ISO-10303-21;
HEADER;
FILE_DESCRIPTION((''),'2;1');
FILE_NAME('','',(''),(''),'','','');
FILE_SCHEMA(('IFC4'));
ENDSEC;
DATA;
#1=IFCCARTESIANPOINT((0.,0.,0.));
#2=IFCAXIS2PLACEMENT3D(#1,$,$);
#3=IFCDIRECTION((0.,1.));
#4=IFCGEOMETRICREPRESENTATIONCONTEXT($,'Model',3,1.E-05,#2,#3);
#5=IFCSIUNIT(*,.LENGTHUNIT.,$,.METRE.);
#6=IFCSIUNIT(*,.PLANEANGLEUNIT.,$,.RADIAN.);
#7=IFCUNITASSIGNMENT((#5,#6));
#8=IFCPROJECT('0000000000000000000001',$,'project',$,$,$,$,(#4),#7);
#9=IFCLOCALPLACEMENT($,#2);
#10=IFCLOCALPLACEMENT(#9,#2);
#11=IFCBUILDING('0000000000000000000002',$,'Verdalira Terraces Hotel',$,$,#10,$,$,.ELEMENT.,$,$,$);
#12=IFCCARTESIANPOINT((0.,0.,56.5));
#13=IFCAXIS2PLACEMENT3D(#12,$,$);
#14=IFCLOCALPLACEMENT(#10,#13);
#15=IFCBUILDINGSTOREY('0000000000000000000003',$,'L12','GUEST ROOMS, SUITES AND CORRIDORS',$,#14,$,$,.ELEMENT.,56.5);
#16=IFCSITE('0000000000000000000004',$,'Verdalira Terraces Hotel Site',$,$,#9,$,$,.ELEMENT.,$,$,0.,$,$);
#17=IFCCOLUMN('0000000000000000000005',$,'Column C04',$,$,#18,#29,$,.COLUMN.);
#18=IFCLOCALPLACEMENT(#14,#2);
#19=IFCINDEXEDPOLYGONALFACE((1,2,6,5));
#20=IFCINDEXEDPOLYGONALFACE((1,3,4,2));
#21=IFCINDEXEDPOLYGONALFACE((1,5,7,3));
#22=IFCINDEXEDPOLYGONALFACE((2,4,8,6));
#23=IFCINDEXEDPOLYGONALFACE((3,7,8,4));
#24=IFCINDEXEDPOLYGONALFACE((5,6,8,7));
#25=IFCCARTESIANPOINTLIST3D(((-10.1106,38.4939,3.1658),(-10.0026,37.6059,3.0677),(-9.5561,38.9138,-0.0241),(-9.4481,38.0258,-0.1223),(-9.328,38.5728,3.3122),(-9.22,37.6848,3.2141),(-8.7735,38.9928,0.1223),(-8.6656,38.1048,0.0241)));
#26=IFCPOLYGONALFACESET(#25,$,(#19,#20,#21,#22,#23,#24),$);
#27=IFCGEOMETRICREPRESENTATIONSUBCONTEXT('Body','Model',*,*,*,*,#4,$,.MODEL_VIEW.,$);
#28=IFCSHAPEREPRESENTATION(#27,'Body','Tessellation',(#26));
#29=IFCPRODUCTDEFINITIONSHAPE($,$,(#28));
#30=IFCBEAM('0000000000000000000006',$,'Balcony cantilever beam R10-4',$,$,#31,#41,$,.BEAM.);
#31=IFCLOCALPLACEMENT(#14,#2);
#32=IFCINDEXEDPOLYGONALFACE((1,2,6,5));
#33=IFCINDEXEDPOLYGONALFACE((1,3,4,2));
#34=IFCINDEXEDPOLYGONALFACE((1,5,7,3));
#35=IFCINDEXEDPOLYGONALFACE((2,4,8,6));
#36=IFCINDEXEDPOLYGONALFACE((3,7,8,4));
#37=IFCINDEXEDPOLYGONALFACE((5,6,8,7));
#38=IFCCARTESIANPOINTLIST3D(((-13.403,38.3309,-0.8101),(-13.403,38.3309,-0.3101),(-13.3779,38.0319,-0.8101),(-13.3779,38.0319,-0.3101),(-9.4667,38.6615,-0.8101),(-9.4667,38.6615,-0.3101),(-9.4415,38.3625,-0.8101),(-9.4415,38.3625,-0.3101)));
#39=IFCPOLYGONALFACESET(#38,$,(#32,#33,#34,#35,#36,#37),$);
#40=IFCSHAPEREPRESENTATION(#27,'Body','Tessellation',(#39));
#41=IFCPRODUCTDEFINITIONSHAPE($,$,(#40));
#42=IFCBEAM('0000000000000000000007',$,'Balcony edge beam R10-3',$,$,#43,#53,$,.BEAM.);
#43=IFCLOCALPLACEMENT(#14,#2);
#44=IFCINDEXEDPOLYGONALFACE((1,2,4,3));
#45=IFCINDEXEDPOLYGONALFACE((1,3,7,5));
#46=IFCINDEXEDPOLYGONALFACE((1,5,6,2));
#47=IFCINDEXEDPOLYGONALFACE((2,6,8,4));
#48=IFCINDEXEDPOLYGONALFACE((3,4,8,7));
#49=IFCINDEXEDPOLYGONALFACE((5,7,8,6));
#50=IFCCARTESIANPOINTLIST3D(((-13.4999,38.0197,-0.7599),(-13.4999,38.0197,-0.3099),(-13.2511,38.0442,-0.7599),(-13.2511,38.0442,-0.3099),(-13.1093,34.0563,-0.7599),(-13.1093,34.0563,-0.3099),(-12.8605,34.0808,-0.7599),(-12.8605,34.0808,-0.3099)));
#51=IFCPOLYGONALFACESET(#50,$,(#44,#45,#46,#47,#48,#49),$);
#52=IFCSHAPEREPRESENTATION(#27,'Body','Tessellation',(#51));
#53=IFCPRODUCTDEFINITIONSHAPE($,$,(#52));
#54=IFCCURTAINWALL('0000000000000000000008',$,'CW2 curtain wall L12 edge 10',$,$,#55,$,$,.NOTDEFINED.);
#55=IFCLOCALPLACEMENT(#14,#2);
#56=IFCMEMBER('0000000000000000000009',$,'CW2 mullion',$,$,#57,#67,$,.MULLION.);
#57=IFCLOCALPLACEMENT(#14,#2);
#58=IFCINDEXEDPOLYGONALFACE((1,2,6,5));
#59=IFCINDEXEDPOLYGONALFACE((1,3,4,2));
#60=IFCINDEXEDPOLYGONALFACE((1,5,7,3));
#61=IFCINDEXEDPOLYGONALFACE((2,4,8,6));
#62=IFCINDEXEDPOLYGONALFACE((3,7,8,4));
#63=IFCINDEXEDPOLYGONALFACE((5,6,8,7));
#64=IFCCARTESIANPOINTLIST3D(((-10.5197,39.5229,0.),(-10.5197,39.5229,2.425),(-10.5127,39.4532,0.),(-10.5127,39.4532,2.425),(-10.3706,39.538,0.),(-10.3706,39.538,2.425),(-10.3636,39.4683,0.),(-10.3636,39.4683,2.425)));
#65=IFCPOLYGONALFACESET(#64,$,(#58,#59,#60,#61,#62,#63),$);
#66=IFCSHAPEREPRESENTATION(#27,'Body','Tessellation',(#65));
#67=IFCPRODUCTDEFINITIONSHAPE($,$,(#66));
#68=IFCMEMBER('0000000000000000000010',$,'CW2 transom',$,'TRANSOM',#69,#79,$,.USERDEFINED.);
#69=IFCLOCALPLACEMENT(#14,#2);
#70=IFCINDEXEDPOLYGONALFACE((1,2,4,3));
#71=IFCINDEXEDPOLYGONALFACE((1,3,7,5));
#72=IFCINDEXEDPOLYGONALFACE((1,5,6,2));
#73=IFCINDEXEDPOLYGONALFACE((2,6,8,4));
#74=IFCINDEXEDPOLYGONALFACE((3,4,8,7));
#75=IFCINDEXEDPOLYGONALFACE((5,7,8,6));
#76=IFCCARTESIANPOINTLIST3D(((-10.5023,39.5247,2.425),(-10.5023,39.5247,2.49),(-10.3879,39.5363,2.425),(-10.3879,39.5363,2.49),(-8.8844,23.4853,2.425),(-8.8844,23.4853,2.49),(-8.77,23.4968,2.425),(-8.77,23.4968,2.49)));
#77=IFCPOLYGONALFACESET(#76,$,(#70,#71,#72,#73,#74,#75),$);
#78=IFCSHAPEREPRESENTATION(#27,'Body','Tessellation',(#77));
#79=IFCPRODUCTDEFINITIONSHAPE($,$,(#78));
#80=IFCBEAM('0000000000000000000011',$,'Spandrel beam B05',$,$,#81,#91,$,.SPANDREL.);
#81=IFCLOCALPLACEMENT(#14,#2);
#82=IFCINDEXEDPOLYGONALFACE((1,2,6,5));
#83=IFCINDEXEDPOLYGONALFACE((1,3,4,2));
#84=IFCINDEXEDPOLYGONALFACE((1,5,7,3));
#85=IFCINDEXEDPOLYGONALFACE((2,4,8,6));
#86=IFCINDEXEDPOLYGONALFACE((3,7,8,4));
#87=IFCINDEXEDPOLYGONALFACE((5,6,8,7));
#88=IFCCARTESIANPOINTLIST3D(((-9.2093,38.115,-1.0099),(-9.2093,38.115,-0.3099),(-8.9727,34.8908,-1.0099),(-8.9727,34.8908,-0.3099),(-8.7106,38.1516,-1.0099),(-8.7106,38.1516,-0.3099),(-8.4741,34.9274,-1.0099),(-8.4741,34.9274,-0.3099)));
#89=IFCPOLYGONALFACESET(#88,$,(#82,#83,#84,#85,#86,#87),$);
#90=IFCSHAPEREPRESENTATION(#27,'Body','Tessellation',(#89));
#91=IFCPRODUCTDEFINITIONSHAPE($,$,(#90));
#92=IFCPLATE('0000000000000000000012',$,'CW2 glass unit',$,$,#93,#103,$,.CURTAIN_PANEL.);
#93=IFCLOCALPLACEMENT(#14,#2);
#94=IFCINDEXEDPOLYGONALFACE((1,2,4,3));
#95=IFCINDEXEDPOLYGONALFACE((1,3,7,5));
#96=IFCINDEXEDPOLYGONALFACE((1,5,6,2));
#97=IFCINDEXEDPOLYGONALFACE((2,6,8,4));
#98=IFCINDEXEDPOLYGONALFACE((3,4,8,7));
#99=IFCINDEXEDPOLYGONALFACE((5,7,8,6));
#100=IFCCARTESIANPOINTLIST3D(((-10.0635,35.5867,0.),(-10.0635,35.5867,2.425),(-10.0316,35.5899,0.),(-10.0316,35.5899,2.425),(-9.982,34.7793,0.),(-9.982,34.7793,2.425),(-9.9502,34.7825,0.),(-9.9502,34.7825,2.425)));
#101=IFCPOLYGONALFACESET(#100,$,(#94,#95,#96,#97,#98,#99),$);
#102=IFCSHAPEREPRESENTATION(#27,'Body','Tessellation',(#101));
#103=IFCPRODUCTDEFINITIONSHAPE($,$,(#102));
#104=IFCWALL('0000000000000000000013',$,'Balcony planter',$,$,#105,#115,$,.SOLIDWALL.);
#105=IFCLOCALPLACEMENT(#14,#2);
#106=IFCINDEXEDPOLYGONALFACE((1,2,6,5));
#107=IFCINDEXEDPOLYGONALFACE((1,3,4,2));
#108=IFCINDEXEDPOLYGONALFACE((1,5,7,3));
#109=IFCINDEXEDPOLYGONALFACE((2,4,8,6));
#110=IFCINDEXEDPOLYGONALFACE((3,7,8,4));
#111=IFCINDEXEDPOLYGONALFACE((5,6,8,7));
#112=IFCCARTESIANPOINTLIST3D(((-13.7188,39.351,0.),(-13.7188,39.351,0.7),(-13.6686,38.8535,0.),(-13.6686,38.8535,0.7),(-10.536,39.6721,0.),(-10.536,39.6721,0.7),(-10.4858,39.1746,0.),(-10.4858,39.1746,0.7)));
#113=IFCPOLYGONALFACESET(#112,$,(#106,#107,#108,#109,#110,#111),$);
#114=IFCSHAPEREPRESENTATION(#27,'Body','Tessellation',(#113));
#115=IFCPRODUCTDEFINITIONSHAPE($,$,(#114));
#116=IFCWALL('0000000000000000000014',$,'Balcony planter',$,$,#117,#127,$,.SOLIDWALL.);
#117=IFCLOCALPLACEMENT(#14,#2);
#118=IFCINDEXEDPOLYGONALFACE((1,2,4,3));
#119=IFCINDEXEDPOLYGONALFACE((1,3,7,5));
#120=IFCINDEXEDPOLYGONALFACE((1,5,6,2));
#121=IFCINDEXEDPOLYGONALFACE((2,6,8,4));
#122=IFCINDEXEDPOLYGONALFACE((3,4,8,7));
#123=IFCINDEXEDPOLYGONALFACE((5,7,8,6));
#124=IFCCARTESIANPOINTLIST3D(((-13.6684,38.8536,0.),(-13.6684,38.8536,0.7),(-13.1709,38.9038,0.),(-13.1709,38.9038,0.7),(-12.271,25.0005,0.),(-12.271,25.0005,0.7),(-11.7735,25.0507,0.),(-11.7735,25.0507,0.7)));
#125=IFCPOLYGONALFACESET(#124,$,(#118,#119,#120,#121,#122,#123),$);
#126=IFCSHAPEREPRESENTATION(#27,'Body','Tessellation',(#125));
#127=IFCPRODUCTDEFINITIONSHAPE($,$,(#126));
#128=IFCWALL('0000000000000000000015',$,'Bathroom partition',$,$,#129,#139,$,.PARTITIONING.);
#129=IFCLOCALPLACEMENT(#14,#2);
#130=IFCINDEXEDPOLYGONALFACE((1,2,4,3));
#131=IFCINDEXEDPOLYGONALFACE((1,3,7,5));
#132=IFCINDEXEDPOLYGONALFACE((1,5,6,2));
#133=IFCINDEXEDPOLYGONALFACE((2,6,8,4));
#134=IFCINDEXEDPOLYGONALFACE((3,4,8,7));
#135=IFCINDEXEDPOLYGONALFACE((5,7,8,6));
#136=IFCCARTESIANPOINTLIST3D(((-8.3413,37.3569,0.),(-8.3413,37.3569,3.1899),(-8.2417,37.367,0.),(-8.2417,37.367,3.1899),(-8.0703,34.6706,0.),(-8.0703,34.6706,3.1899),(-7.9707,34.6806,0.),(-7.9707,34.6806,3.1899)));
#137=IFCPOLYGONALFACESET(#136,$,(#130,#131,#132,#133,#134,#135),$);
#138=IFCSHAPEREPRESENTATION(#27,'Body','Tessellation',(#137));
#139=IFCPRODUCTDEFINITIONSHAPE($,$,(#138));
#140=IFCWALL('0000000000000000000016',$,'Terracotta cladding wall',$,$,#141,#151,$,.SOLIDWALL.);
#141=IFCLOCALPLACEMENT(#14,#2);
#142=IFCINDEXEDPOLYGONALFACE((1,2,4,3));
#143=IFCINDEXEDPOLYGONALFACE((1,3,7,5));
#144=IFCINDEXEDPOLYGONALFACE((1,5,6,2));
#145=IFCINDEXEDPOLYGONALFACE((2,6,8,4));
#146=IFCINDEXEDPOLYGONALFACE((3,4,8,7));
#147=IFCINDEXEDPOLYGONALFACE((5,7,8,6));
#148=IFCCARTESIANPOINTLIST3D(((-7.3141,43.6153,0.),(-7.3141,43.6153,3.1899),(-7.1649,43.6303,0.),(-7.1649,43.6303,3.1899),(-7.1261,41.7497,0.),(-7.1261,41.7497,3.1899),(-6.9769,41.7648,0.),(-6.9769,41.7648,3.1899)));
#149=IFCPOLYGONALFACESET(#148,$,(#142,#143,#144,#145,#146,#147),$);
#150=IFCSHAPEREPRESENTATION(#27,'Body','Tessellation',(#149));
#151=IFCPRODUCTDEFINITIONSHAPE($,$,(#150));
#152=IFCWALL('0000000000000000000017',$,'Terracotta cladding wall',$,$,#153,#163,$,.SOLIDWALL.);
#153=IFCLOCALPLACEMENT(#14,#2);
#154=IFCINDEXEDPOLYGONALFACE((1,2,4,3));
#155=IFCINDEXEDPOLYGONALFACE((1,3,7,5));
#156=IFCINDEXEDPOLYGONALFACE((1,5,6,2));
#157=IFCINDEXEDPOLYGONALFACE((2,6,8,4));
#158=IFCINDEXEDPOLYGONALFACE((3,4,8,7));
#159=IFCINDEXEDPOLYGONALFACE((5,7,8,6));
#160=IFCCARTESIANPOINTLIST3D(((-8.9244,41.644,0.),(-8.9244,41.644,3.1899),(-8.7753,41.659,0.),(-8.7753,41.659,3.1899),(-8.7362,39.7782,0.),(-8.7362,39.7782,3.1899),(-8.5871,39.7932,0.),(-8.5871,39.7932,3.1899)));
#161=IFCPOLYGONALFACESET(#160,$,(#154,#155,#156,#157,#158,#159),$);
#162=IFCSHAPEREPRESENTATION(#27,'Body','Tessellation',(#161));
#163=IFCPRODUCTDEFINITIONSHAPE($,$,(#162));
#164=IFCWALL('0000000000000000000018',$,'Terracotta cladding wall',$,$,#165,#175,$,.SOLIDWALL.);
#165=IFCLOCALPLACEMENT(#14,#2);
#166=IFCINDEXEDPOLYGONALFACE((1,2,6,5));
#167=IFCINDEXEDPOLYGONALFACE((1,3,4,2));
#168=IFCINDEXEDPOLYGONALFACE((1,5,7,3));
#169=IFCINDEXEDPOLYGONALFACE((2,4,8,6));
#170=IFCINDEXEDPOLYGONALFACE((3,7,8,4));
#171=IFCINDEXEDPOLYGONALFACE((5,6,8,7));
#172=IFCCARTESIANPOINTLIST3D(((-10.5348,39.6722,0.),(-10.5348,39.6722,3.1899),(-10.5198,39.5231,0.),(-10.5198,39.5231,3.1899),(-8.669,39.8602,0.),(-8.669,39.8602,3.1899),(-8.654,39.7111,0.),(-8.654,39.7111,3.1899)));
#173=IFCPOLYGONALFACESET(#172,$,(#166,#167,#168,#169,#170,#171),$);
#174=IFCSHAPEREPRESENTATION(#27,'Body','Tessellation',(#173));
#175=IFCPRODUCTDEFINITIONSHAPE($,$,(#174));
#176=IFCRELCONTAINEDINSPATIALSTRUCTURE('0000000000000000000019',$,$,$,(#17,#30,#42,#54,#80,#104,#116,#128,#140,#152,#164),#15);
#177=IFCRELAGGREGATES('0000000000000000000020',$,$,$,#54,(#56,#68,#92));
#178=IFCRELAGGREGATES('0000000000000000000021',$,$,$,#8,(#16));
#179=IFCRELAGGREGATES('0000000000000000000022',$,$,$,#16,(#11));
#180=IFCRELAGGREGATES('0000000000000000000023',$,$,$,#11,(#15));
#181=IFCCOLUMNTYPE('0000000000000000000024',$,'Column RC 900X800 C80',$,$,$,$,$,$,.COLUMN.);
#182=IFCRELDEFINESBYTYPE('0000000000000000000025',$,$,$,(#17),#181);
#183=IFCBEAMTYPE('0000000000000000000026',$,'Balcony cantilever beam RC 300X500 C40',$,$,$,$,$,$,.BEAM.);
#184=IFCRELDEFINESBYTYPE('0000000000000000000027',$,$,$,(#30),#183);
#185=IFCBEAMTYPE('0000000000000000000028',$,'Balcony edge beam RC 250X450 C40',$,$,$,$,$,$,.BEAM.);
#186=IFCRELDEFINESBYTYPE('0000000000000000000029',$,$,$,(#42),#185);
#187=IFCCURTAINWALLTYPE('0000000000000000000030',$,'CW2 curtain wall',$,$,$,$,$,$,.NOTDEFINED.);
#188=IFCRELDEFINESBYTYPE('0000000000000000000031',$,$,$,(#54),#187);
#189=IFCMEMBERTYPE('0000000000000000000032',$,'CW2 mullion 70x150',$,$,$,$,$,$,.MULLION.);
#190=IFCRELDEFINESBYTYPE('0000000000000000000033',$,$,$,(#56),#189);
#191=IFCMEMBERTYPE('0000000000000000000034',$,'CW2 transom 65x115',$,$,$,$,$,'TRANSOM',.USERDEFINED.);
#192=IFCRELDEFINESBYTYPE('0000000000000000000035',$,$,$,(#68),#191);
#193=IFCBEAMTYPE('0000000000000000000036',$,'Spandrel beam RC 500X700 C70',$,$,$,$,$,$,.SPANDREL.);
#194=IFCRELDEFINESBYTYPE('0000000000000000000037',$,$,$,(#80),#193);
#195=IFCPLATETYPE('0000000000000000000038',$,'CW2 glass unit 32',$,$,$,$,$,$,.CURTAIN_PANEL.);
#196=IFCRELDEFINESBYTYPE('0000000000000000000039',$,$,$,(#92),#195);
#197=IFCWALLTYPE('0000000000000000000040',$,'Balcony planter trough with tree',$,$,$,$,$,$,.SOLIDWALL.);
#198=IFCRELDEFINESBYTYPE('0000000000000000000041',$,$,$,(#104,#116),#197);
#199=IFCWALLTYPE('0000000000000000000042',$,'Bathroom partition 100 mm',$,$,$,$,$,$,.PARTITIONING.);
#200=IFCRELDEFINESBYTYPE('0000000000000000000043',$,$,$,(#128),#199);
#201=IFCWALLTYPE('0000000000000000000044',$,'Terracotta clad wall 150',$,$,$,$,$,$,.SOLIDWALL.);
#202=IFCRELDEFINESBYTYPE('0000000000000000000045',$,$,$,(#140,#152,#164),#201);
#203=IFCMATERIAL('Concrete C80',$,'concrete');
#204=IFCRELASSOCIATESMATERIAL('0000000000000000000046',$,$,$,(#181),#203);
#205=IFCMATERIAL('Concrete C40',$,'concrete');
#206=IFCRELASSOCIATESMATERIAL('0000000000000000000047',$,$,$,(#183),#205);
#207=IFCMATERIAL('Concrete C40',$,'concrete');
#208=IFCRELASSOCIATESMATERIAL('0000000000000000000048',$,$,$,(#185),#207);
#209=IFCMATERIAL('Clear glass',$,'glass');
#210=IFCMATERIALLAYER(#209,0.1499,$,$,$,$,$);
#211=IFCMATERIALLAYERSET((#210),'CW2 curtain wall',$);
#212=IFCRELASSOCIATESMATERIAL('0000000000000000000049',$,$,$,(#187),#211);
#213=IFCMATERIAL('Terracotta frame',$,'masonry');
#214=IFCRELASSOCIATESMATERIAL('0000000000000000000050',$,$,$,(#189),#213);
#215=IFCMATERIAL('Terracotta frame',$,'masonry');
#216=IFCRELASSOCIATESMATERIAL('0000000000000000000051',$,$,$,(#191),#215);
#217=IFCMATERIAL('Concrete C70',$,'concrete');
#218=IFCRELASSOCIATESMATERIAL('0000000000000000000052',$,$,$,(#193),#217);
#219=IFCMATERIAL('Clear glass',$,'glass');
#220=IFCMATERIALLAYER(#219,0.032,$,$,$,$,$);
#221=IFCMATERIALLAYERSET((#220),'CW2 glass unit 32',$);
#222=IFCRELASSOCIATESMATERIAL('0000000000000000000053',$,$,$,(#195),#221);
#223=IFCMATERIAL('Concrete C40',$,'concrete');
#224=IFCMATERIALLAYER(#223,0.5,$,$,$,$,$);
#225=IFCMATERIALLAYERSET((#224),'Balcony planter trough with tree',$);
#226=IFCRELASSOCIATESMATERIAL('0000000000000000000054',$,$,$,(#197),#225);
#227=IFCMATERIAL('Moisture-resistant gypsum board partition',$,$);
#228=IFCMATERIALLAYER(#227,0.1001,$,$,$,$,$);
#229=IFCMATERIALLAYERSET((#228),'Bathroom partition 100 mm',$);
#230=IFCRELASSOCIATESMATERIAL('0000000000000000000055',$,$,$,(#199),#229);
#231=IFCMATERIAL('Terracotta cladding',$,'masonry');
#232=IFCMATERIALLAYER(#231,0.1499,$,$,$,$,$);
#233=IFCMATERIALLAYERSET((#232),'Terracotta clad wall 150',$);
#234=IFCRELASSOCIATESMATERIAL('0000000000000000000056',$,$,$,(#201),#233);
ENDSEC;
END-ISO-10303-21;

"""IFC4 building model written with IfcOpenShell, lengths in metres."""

from ifc_helpers import new_model, si_unit, direction, frame, frame_2d, origin, origin_2d, place, context, subcontext, project, spatial, rectangle, extrude, material, layer, layer_set, material_profile, profile_set, type_object, element, aggregate, save


model = new_model("IFC4")

# Units and contexts
model_context = context("Model", 3, precision=1e-05, world=origin(), true_north=direction((0.0, 1.0)))
body_context = subcontext(model_context, "Body", "Model", "MODEL_VIEW")
ifc_project = project(units=[si_unit("LENGTHUNIT", "METRE"), si_unit("PLANEANGLEUNIT", "RADIAN")], contexts=[model_context])

# Site, building, storey
site_placement = place(None, origin())
site = spatial("IfcSite", under=ifc_project, at=site_placement, Name="Verdalira Terraces Hotel Site", CompositionType="ELEMENT", RefElevation=0.0)
building_placement = place(site_placement, origin())
building = spatial("IfcBuilding", under=site, at=building_placement, Name="Verdalira Terraces Hotel", CompositionType="ELEMENT")
storey_placement = place(building_placement, frame((0.0, 0.0, 56.5)))
storey = spatial("IfcBuildingStorey", under=building, at=storey_placement, Name="L12", Description="GUEST ROOMS, SUITES AND CORRIDORS", CompositionType="ELEMENT", Elevation=56.5)

# Column
ifc_material_1 = material(Name="Concrete C80", Category="concrete")
ifc_material_profile_1 = material_profile(ifc_material_1, rectangle(XDim=0.8999, YDim=0.8, at=origin_2d()), Name="RC 900X800")
ifc_profile_set_1 = profile_set([ifc_material_profile_1], Name="Concrete C80")
column_type = type_object("IfcColumnType", Name="Column RC 900X800 C80", PredefinedType="COLUMN", material=ifc_profile_set_1)
column_placement = place(storey_placement, frame((-9.1108, 38.5093, 0.0), z_axis=(-0.16982, -0.128618, 0.977046), x_axis=(0.119987, -0.986769, -0.109043)))
element("IfcColumn", 1, at=column_placement, inside=storey, type_object=column_type, Name="Column C04", PredefinedType="COLUMN", context=body_context, shape_type="SweptSolid", body=[
    extrude(rectangle(XDim=0.8999, YDim=0.8, at=origin_2d()), origin(), (0.0, 0.0, 1.0), 3.2649),
])

# Beams
ifc_material_2 = material(Name="Concrete C40", Category="concrete")
ifc_material_profile_2 = material_profile(ifc_material_2, rectangle(XDim=0.3, YDim=0.5, at=origin_2d()), Name="RC 300X500")
ifc_profile_set_2 = profile_set([ifc_material_profile_2], Name="Concrete C40")
beam_type_1 = type_object("IfcBeamType", Name="Balcony cantilever beam RC 300X500 C40", PredefinedType="BEAM", material=ifc_profile_set_2)
beam_1_placement = place(storey_placement, frame((-9.4541, 38.512, -0.5601), z_axis=(-0.996492, -0.083685, 0.0), x_axis=(0.083685, -0.996492, 0.0)))
element("IfcBeam", 2, at=beam_1_placement, inside=storey, type_object=beam_type_1, Name="Balcony cantilever beam R10-4", PredefinedType="BEAM", context=body_context, shape_type="SweptSolid", body=[
    extrude(rectangle(XDim=0.3, YDim=0.5, at=origin_2d()), origin(), (0.0, 0.0, 1.0), 3.9502),
])
ifc_material_3 = material(Name="Concrete C40", Category="concrete")
ifc_material_profile_3 = material_profile(ifc_material_3, rectangle(XDim=0.25, YDim=0.45, at=origin_2d()), Name="RC 250X450")
ifc_profile_set_3 = profile_set([ifc_material_profile_3], Name="Concrete C40")
beam_type_2 = type_object("IfcBeamType", Name="Balcony edge beam RC 250X450 C40", PredefinedType="BEAM", material=ifc_profile_set_3)
beam_2_placement = place(storey_placement, frame((-13.3755, 38.032, -0.5349), z_axis=(0.098083, -0.995178, 0.0), x_axis=(0.995178, 0.098083, 0.0)))
element("IfcBeam", 3, at=beam_2_placement, inside=storey, type_object=beam_type_2, Name="Balcony edge beam R10-3", PredefinedType="BEAM", context=body_context, shape_type="SweptSolid", body=[
    extrude(rectangle(XDim=0.25, YDim=0.45, at=origin_2d()), origin(), (0.0, 0.0, 1.0), 3.9827),
])

# Curtain wall, members
ifc_material_4 = material(Name="Clear glass", Category="glass")
ifc_layer_1 = layer(ifc_material_4, 0.1499)
ifc_layer_set_1 = layer_set([ifc_layer_1], Name="CW2 curtain wall")
curtain_wall_type = type_object("IfcCurtainWallType", Name="CW2 curtain wall", PredefinedType="NOTDEFINED", material=ifc_layer_set_1)
curtain_wall_placement = place(storey_placement, origin())
curtain_wall = element("IfcCurtainWall", 4, at=curtain_wall_placement, inside=storey, type_object=curtain_wall_type, Name="CW2 curtain wall L12 edge 10", PredefinedType="NOTDEFINED")
ifc_material_5 = material(Name="Terracotta frame", Category="masonry")
ifc_material_profile_4 = material_profile(ifc_material_5, rectangle(XDim=0.0701, YDim=0.1499, at=origin_2d()), Name="MU 70x150")
ifc_profile_set_4 = profile_set([ifc_material_profile_4], Name="Terracotta frame")
member_type_1 = type_object("IfcMemberType", Name="CW2 mullion 70x150", PredefinedType="MULLION", material=ifc_profile_set_4)
member_1_placement = place(storey_placement, frame((-10.4416, 39.4956, 0.0), z_axis=(0.0, 0.0, 1.0), x_axis=(0.100362, -0.994951, 0.0)))
member_1 = element("IfcMember", 5, at=member_1_placement, type_object=member_type_1, Name="CW2 mullion", PredefinedType="MULLION", context=body_context, shape_type="SweptSolid", body=[
    extrude(rectangle(XDim=0.0701, YDim=0.1499, at=origin_2d()), origin(), (0.0, 0.0, 1.0), 2.425),
])
ifc_material_6 = material(Name="Terracotta frame", Category="masonry")
ifc_material_profile_5 = material_profile(ifc_material_6, rectangle(XDim=0.115, YDim=0.0649, at=origin_2d()), Name="TR 65x115")
ifc_profile_set_5 = profile_set([ifc_material_profile_5], Name="Terracotta frame")
member_type_2 = type_object("IfcMemberType", Name="CW2 transom 65x115", ElementType="TRANSOM", PredefinedType="USERDEFINED", material=ifc_profile_set_5)
member_2_placement = place(storey_placement, frame((-10.4451, 39.5305, 2.4575), z_axis=(0.100361, -0.994951, 0.0), x_axis=(0.994951, 0.100361, 0.0)))
member_2 = element("IfcMember", 6, at=member_2_placement, type_object=member_type_2, Name="CW2 transom", ObjectType="TRANSOM", PredefinedType="USERDEFINED", context=body_context, shape_type="SweptSolid", body=[
    extrude(rectangle(XDim=0.115, YDim=0.0649, at=origin_2d()), origin(), (0.0, 0.0, 1.0), 16.1209),
])

# Beam
ifc_material_7 = material(Name="Concrete C70", Category="concrete")
ifc_material_profile_6 = material_profile(ifc_material_7, rectangle(XDim=0.5, YDim=0.7, at=origin_2d()), Name="RC 500X700")
ifc_profile_set_6 = profile_set([ifc_material_profile_6], Name="Concrete C70")
beam_type_3 = type_object("IfcBeamType", Name="Spandrel beam RC 500X700 C70", PredefinedType="SPANDREL", material=ifc_profile_set_6)
beam_3_placement = place(storey_placement, frame((-8.96, 38.1333, -0.6599), z_axis=(0.073179, -0.997319, 0.0), x_axis=(0.997319, 0.073179, 0.0)))
element("IfcBeam", 7, at=beam_3_placement, inside=storey, type_object=beam_type_3, Name="Spandrel beam B05", PredefinedType="SPANDREL", context=body_context, shape_type="SweptSolid", body=[
    extrude(rectangle(XDim=0.5, YDim=0.7, at=origin_2d()), origin(), (0.0, 0.0, 1.0), 3.2329),
])

# Plate
ifc_material_8 = material(Name="Clear glass", Category="glass")
ifc_layer_2 = layer(ifc_material_8, 0.032)
ifc_layer_set_2 = layer_set([ifc_layer_2], Name="CW2 glass unit 32")
plate_type = type_object("IfcPlateType", Name="CW2 glass unit 32", PredefinedType="CURTAIN_PANEL", material=ifc_layer_set_2)
plate_placement = place(storey_placement, frame((-10.0068, 35.1846, 0.0), z_axis=(0.0, 0.0, 1.0), x_axis=(0.100362, -0.994951, 0.0)))
plate = element("IfcPlate", 8, at=plate_placement, type_object=plate_type, Name="CW2 glass unit", PredefinedType="CURTAIN_PANEL", context=body_context, shape_type="SweptSolid", body=[
    extrude(rectangle(XDim=0.8115, YDim=0.032, at=origin_2d()), origin(), (0.0, 0.0, 1.0), 2.425),
])
aggregate(curtain_wall, [member_1, member_2, plate])

# Walls
ifc_material_9 = material(Name="Concrete C40", Category="concrete")
ifc_layer_3 = layer(ifc_material_9, 0.5)
ifc_layer_set_3 = layer_set([ifc_layer_3], Name="Balcony planter trough with tree")
wall_type_1 = type_object("IfcWallType", Name="Balcony planter trough with tree", PredefinedType="SOLIDWALL", material=ifc_layer_set_3)
wall_1_placement = place(storey_placement, frame((-10.5107, 39.4233, 0.0), z_axis=(0.0, 0.0, 1.0), x_axis=(-0.994951, -0.100358, 0.0)))
element("IfcWall", 9, at=wall_1_placement, inside=storey, type_object=wall_type_1, Name="Balcony planter", PredefinedType="SOLIDWALL", context=body_context, shape_type="SweptSolid", body=[
    extrude(rectangle(XDim=3.199, YDim=0.5, at=frame_2d((1.5996, 0.0))), origin(), (0.0, 0.0, 1.0), 0.7),
])
wall_2_placement = place(storey_placement, frame((-13.4197, 38.8787, 0.0), z_axis=(0.0, 0.0, 1.0), x_axis=(0.100368, -0.99495, 0.0)))
element("IfcWall", 10, at=wall_2_placement, inside=storey, type_object=wall_type_1, Name="Balcony planter", PredefinedType="SOLIDWALL", context=body_context, shape_type="SweptSolid", body=[
    extrude(rectangle(XDim=13.9233, YDim=0.5, at=frame_2d((6.9617, 0.0))), origin(), (0.0, 0.0, 1.0), 0.7),
])
ifc_material_10 = material(Name="Moisture-resistant gypsum board partition")
ifc_layer_4 = layer(ifc_material_10, 0.1001)
ifc_layer_set_4 = layer_set([ifc_layer_4], Name="Bathroom partition 100 mm")
wall_type_2 = type_object("IfcWallType", Name="Bathroom partition 100 mm", PredefinedType="PARTITIONING", material=ifc_layer_set_4)
wall_3_placement = place(storey_placement, frame((-8.2915, 37.3621, 0.0), z_axis=(0.0, 0.0, 1.0), x_axis=(0.100372, -0.99495, 0.0)))
element("IfcWall", 11, at=wall_3_placement, inside=storey, type_object=wall_type_2, Name="Bathroom partition", PredefinedType="PARTITIONING", context=body_context, shape_type="SweptSolid", body=[
    extrude(rectangle(XDim=2.7, YDim=0.1001, at=frame_2d((1.3501, 0.0))), origin(), (0.0, 0.0, 1.0), 3.1899),
])
ifc_material_11 = material(Name="Terracotta cladding", Category="masonry")
ifc_layer_5 = layer(ifc_material_11, 0.1499)
ifc_layer_set_5 = layer_set([ifc_layer_5], Name="Terracotta clad wall 150")
wall_type_3 = type_object("IfcWallType", Name="Terracotta clad wall 150", PredefinedType="SOLIDWALL", material=ifc_layer_set_5)
wall_4_placement = place(storey_placement, frame((-7.2395, 43.6228, 0.0), z_axis=(0.0, 0.0, 1.0), x_axis=(0.100264, -0.994961, 0.0)))
element("IfcWall", 12, at=wall_4_placement, inside=storey, type_object=wall_type_3, Name="Terracotta cladding wall", PredefinedType="SOLIDWALL", context=body_context, shape_type="SweptSolid", body=[
    extrude(rectangle(XDim=1.875, YDim=0.1499, at=frame_2d((0.9375, 0.0))), origin(), (0.0, 0.0, 1.0), 3.1899),
])
for number, where, z_axis, x_axis, name in (
    (13, (-8.8499, 41.6514, 0.0), (0.0, 0.0, 1.0), (0.10038, -0.994949, 0.0), "Terracotta cladding wall"),
    (14, (-8.6616, 39.7856, 0.0), (0.0, 0.0, 1.0), (-0.994962, -0.100251, 0.0), "Terracotta cladding wall"),
):
    element("IfcWall", number, at=place(storey_placement, frame(where, z_axis=z_axis, x_axis=x_axis)), inside=storey, type_object=wall_type_3, Name=name, PredefinedType="SOLIDWALL", context=body_context, shape_type="SweptSolid", body=[
        extrude(rectangle(XDim=1.8752, YDim=0.1499, at=frame_2d((0.9375, 0.0))), origin(), (0.0, 0.0, 1.0), 3.1899),
    ])

save(model, "model.ifc")
